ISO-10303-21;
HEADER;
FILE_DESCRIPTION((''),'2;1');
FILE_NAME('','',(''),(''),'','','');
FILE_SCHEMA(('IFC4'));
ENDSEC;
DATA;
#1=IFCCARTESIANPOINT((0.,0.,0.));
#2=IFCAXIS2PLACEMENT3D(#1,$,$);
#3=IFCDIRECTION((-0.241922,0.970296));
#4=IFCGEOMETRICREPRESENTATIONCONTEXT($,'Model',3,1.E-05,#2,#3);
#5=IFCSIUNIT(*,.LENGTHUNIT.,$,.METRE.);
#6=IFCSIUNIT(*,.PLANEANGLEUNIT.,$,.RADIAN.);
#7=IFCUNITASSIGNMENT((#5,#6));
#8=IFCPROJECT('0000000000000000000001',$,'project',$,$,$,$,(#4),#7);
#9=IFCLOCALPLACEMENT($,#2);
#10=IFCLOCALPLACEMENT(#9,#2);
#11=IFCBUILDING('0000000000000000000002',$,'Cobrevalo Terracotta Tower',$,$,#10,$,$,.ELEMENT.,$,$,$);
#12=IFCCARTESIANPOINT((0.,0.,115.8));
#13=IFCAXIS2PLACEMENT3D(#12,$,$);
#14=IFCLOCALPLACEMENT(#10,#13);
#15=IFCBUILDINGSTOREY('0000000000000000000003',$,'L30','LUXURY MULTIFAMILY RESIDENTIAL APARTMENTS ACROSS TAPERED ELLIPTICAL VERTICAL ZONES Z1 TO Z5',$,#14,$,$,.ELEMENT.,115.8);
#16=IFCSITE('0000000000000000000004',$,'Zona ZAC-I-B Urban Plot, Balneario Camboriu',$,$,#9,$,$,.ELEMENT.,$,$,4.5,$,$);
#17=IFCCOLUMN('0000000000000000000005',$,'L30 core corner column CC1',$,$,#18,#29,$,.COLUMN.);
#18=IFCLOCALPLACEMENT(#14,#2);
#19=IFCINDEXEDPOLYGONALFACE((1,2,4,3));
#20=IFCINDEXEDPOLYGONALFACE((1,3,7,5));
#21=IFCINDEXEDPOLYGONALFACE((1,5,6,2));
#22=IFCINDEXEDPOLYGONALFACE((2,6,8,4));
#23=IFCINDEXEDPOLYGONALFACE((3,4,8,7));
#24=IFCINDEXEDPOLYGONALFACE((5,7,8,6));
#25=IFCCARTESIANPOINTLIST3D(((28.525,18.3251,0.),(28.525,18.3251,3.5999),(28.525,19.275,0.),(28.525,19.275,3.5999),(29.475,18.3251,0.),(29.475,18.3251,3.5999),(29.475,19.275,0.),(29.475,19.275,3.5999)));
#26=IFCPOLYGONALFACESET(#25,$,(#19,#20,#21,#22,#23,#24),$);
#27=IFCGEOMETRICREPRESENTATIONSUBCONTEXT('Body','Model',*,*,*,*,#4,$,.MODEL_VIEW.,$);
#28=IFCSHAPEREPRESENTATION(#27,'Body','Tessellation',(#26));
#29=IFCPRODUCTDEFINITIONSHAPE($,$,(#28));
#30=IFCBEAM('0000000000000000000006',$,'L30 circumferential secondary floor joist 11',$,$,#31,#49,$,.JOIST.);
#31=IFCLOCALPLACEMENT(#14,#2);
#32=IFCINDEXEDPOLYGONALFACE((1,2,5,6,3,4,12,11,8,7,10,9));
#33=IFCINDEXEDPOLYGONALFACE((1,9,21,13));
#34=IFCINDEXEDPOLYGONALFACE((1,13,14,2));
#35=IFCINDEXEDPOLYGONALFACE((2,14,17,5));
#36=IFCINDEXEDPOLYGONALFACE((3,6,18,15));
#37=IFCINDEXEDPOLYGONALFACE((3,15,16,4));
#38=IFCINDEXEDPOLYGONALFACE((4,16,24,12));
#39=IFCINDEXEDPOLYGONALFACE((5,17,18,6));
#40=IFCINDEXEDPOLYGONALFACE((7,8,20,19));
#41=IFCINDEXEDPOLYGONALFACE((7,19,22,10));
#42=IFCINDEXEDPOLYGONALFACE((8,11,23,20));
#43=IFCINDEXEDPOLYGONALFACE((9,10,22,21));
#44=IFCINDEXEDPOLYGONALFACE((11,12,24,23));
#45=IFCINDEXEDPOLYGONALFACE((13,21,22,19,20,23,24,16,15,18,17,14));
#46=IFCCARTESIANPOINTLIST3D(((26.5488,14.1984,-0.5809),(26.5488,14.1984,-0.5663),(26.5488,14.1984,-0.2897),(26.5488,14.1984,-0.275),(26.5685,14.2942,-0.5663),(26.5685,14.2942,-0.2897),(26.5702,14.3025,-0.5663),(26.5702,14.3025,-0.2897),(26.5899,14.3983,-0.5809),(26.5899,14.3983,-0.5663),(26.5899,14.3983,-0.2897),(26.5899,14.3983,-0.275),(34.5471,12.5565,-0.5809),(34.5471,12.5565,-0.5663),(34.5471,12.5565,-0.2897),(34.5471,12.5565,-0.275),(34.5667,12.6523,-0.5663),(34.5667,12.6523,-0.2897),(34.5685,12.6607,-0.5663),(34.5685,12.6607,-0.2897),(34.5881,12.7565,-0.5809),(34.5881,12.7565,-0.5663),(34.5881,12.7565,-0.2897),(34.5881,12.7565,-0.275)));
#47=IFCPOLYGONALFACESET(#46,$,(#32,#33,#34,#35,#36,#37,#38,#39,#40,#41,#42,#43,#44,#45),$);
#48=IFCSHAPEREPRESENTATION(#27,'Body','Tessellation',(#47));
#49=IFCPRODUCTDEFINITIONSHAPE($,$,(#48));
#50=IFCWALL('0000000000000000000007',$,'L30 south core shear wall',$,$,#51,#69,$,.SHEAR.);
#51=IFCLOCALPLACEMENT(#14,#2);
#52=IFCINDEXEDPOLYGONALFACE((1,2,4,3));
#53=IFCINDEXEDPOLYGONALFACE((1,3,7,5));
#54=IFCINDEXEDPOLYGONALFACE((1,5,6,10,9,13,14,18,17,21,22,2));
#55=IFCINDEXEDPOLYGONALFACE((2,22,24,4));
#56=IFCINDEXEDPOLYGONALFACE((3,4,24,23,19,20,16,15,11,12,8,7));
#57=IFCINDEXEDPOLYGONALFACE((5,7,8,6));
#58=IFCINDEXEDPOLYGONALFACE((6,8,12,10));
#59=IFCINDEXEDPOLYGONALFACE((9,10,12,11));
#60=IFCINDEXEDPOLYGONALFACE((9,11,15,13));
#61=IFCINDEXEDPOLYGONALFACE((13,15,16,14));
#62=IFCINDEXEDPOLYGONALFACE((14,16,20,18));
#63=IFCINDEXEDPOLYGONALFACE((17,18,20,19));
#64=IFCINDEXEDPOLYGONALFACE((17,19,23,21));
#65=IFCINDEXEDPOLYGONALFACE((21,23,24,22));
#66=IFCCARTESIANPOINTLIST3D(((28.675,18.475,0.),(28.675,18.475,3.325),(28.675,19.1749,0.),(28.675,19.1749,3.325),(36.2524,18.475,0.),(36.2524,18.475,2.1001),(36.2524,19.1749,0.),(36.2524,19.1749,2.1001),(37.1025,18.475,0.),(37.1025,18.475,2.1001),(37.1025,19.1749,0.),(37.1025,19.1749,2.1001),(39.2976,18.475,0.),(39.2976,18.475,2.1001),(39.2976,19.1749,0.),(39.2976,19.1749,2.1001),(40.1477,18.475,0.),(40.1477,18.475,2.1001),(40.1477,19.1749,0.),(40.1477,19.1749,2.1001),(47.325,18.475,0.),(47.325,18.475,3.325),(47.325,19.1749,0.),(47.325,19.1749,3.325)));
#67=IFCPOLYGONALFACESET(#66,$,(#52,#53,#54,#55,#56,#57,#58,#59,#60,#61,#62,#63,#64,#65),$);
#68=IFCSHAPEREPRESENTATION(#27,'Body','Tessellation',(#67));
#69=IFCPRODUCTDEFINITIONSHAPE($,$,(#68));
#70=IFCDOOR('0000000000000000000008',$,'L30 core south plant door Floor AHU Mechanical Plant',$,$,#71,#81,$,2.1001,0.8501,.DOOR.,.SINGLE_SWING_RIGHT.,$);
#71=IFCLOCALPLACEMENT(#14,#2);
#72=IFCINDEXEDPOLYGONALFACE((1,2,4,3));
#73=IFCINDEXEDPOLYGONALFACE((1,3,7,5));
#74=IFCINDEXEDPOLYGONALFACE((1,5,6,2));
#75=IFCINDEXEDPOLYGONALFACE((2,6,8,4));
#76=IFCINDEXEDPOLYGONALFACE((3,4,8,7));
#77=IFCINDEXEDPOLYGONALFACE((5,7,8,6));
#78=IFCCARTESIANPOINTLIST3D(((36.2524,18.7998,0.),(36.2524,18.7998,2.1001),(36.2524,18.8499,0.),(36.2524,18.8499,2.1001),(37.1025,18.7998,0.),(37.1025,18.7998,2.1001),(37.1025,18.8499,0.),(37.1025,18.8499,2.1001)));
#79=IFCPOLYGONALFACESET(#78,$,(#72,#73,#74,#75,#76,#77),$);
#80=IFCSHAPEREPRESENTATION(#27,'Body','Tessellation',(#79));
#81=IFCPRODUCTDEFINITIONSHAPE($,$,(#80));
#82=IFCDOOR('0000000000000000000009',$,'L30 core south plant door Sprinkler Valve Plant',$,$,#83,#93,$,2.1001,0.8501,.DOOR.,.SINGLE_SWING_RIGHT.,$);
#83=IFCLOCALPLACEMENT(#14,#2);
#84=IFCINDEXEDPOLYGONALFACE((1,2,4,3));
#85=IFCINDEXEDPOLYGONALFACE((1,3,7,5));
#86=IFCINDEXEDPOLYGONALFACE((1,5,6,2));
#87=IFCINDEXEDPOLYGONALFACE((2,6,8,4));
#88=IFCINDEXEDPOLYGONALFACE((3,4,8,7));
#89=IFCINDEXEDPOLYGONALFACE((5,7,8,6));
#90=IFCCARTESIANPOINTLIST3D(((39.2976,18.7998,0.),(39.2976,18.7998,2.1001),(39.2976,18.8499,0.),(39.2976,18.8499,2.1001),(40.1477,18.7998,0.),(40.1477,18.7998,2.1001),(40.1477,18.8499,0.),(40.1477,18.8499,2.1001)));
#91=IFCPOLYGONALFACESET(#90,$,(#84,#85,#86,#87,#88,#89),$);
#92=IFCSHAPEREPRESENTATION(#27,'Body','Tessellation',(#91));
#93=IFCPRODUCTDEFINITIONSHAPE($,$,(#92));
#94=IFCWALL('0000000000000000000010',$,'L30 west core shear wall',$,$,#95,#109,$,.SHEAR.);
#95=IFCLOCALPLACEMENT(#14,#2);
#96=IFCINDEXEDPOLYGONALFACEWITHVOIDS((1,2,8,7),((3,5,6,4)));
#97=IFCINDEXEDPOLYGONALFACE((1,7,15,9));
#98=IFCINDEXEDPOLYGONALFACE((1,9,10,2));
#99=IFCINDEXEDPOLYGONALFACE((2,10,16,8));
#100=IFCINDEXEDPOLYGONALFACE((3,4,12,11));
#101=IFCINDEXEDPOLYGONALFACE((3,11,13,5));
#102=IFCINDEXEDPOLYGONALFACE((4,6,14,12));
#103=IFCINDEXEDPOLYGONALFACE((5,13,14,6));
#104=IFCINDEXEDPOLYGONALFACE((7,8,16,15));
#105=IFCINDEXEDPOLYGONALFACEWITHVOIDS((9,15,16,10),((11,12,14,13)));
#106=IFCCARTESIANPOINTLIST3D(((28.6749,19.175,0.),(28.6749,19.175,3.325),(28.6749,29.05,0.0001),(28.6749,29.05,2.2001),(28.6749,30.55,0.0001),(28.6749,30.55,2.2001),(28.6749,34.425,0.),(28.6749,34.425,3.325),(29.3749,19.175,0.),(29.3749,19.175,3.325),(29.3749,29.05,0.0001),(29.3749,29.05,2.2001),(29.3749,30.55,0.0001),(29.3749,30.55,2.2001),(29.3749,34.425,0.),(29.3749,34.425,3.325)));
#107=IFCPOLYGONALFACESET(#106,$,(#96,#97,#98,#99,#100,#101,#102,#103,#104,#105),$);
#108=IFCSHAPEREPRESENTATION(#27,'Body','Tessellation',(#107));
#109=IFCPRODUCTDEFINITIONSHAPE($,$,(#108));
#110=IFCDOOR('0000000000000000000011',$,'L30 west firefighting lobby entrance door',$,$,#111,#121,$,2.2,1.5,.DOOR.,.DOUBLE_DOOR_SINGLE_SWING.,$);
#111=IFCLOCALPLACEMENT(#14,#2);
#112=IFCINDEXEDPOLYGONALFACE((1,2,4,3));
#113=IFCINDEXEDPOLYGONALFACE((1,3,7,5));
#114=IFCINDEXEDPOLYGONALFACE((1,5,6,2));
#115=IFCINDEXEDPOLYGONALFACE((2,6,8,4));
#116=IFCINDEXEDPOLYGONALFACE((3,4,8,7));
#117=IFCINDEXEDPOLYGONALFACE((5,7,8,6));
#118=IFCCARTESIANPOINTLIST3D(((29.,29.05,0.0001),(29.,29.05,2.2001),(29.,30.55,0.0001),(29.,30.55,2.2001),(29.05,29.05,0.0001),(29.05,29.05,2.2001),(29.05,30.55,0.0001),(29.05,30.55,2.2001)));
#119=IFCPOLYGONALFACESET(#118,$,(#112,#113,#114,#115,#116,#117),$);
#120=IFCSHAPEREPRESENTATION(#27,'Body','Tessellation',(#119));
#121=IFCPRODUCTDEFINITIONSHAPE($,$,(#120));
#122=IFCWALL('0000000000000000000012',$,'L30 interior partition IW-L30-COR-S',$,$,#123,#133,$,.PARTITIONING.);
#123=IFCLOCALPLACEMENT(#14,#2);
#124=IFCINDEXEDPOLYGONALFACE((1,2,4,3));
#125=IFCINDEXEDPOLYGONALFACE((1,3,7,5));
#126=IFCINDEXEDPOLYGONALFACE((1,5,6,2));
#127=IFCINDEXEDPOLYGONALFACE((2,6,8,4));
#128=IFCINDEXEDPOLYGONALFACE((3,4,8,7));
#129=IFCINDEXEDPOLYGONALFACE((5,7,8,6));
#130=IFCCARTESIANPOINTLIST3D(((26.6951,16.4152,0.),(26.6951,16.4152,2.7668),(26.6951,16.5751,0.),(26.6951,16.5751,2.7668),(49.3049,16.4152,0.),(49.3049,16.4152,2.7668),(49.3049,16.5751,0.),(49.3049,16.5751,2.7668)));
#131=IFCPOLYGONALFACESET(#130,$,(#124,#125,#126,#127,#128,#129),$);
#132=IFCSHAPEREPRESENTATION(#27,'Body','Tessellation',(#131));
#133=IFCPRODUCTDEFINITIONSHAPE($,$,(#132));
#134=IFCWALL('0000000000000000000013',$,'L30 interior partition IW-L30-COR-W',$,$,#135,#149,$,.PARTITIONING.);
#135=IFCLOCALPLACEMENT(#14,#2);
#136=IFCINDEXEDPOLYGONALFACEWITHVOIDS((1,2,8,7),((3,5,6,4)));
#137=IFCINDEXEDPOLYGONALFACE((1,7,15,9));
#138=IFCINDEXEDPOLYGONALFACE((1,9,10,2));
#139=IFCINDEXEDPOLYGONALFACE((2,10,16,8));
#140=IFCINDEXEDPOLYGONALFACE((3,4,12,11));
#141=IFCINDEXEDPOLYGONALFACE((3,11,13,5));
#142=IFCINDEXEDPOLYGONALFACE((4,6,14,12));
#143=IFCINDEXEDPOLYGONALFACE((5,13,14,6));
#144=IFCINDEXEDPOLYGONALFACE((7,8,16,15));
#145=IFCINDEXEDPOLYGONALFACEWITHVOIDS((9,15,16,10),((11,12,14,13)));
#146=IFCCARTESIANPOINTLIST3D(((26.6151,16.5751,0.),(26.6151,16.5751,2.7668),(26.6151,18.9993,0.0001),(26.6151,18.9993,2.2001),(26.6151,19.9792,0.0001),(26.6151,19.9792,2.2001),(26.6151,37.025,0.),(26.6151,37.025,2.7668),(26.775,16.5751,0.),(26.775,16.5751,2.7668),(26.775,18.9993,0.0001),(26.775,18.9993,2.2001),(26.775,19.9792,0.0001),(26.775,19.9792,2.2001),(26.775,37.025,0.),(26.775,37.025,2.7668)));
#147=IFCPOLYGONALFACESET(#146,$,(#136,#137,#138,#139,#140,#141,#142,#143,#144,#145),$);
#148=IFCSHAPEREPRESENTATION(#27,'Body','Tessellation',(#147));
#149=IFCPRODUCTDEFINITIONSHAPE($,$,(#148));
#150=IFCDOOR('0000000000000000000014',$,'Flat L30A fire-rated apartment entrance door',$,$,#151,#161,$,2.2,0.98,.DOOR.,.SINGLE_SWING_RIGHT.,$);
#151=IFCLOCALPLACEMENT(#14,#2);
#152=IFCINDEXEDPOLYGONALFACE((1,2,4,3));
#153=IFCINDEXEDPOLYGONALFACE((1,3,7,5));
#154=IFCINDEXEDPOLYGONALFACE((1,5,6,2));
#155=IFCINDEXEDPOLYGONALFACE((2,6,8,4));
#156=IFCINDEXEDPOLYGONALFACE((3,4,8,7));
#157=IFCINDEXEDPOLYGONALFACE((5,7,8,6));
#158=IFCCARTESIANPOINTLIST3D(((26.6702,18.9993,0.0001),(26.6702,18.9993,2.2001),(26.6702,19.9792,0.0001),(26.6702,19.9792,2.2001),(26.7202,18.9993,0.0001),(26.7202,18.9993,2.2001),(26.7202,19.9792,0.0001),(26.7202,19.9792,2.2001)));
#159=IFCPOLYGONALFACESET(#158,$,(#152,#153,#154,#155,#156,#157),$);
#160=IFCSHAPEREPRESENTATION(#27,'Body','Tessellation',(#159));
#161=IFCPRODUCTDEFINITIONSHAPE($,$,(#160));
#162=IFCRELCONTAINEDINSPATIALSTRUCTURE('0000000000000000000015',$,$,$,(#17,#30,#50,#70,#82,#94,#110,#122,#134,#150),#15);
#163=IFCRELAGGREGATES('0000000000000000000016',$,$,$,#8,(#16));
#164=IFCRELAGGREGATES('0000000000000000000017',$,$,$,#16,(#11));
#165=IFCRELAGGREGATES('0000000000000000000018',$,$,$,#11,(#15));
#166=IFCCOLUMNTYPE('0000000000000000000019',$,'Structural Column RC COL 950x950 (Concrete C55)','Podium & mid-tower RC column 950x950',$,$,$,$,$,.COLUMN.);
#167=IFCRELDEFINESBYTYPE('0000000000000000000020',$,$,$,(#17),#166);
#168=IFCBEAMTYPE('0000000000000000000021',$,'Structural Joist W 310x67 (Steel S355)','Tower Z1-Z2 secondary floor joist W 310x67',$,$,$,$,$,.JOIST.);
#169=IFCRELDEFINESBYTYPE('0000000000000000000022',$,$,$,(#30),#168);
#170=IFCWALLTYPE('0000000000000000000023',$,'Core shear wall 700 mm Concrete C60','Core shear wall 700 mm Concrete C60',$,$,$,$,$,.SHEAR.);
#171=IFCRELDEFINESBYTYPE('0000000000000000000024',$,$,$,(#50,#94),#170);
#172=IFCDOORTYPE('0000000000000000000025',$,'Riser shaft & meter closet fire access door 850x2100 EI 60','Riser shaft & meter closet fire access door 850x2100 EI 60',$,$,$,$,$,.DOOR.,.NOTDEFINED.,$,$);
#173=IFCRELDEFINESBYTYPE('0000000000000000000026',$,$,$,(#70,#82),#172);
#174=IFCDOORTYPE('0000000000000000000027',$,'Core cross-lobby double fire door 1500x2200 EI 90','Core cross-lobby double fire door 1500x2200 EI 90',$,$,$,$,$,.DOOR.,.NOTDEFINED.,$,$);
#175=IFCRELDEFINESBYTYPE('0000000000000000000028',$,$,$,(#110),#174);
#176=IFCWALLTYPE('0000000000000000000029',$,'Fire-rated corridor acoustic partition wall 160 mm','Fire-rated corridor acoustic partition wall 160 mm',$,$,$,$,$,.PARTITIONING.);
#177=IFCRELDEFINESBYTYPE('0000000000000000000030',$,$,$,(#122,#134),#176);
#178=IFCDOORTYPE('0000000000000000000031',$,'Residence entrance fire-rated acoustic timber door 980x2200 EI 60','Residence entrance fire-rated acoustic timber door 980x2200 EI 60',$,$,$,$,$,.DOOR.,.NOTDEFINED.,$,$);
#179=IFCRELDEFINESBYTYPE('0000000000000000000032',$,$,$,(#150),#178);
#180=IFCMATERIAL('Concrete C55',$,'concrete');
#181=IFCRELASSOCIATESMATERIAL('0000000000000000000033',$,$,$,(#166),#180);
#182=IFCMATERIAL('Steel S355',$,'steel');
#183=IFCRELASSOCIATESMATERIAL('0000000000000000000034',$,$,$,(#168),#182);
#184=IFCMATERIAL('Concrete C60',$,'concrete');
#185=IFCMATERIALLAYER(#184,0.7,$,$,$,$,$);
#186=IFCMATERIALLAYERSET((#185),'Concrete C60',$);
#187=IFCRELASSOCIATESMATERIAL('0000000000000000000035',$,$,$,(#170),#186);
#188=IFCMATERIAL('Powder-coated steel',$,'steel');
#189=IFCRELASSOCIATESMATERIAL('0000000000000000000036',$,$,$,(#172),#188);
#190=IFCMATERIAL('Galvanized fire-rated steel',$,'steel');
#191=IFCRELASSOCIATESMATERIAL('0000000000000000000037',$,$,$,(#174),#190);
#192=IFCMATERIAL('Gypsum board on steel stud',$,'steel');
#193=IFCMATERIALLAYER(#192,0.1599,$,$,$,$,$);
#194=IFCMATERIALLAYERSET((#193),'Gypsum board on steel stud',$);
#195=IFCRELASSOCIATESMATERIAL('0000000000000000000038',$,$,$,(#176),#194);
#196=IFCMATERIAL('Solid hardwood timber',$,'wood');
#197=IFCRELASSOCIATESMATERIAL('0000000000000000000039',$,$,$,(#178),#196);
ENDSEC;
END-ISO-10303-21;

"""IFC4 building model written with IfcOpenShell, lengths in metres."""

from ifc_helpers import new_model, si_unit, direction, frame, frame_2d, origin, origin_2d, place, context, subcontext, project, spatial, rectangle, i_section, extrude, source, transform, mapped, material, layer, layer_set, material_profile, profile_set, type_object, element, fill, save


model = new_model("IFC4")

# Units and contexts
model_context = context("Model", 3, precision=1e-05, world=origin(), true_north=direction((-0.241922, 0.970296)))
body_context = subcontext(model_context, "Body", "Model", "MODEL_VIEW")
ifc_project = project(units=[si_unit("LENGTHUNIT", "METRE"), si_unit("PLANEANGLEUNIT", "RADIAN")], contexts=[model_context])

# Site, building, storey
site_placement = place(None, origin())
site = spatial("IfcSite", under=ifc_project, at=site_placement, Name="Zona ZAC-I-B Urban Plot, Balneario Camboriu", CompositionType="ELEMENT", RefElevation=4.5)
building_placement = place(site_placement, origin())
building = spatial("IfcBuilding", under=site, at=building_placement, Name="Cobrevalo Terracotta Tower", CompositionType="ELEMENT")
storey_placement = place(building_placement, frame((0.0, 0.0, 115.8)))
storey = spatial("IfcBuildingStorey", under=building, at=storey_placement, Name="L30", Description="LUXURY MULTIFAMILY RESIDENTIAL APARTMENTS ACROSS TAPERED ELLIPTICAL VERTICAL ZONES Z1 TO Z5", CompositionType="ELEMENT", Elevation=115.8)

# Column
ifc_material_1 = material(Name="Concrete C55", Category="concrete")
ifc_material_profile_1 = material_profile(ifc_material_1, rectangle(XDim=0.95, YDim=0.95, at=origin_2d()), Name="RC COL 950x950")
ifc_profile_set_1 = profile_set([ifc_material_profile_1], Name="Concrete C55")
column_type = type_object("IfcColumnType", Name="Structural Column RC COL 950x950 (Concrete C55)", Description="Podium & mid-tower RC column 950x950", PredefinedType="COLUMN", material=ifc_profile_set_1)
column_placement = place(storey_placement, frame((29.0, 18.8, 0.0), z_axis=(0.0, 0.0, 1.0), x_axis=(1.0, 0.0, 0.0)))
element("IfcColumn", 1, at=column_placement, inside=storey, type_object=column_type, Name="L30 core corner column CC1", PredefinedType="COLUMN", context=body_context, shape_type="SweptSolid", body=[
    extrude(rectangle(XDim=0.95, YDim=0.95, at=origin_2d()), origin(), (0.0, 0.0, 1.0), 3.5999),
])

# Beam
ifc_material_2 = material(Name="Steel S355", Category="steel")
ifc_material_profile_2 = material_profile(ifc_material_2, i_section(OverallWidth=0.2041, OverallDepth=0.3059, WebThickness=0.0085, FlangeThickness=0.0146, at=origin_2d()), Name="W 310x67")
ifc_profile_set_2 = profile_set([ifc_material_profile_2], Name="Steel S355")
beam_type = type_object("IfcBeamType", Name="Structural Joist W 310x67 (Steel S355)", Description="Tower Z1-Z2 secondary floor joist W 310x67", PredefinedType="JOIST", material=ifc_profile_set_2)
beam_placement = place(storey_placement, frame((26.5693, 14.2983, -0.428), z_axis=(0.979574, -0.201082, 0.0), x_axis=(0.201082, 0.979574, 0.0)))
element("IfcBeam", 2, at=beam_placement, inside=storey, type_object=beam_type, Name="L30 circumferential secondary floor joist 11", PredefinedType="JOIST", context=body_context, shape_type="SweptSolid", body=[
    extrude(i_section(OverallWidth=0.2041, OverallDepth=0.3059, WebThickness=0.0085, FlangeThickness=0.0146, at=origin_2d()), origin(), (0.0, 0.0, 1.0), 8.165),
])

# Wall, openings, doors
ifc_material_3 = material(Name="Concrete C60", Category="concrete")
ifc_layer_1 = layer(ifc_material_3, 0.7)
ifc_layer_set_1 = layer_set([ifc_layer_1], Name="Concrete C60")
wall_type_1 = type_object("IfcWallType", Name="Core shear wall 700 mm Concrete C60", Description="Core shear wall 700 mm Concrete C60", PredefinedType="SHEAR", material=ifc_layer_set_1)
wall_1_placement = place(storey_placement, frame((28.675, 18.825, 0.0), z_axis=(0.0, 0.0, 1.0), x_axis=(1.0, 0.0, 0.0)))
wall_1 = element("IfcWall", 3, at=wall_1_placement, inside=storey, type_object=wall_type_1, Name="L30 south core shear wall", PredefinedType="SHEAR", context=body_context, shape_type="SweptSolid", body=[
    extrude(rectangle(XDim=18.6499, YDim=0.7, at=frame_2d((9.325, 0.0))), origin(), (0.0, 0.0, 1.0), 3.325),
])
opening_1_placement = place(wall_1_placement, frame((7.5774, 0.0, 0.0)))
opening_1 = element("IfcOpeningElement", 4, at=opening_1_placement, cuts=wall_1, PredefinedType="OPENING", context=body_context, shape_type="SweptSolid", body=[
    extrude(rectangle(XDim=0.8501, YDim=2.1001, at=frame_2d((0.425, 1.05))), frame((0.0, 0.3599, 0.0), z_axis=(0.0, -1.0, 0.0), x_axis=(1.0, 0.0, 0.0)), (0.0, 0.0, 1.0), 0.72),
])
opening_2_placement = place(wall_1_placement, frame((10.6226, 0.0, 0.0)))
opening_2 = element("IfcOpeningElement", 5, at=opening_2_placement, cuts=wall_1, PredefinedType="OPENING", context=body_context, shape_type="SweptSolid", body=[
    extrude(rectangle(XDim=0.8501, YDim=2.1001, at=frame_2d((0.425, 1.05))), frame((0.0, 0.3599, 0.0), z_axis=(0.0, -1.0, 0.0), x_axis=(1.0, 0.0, 0.0)), (0.0, 0.0, 1.0), 0.72),
])
ifc_material_4 = material(Name="Powder-coated steel", Category="steel")
door_type_1 = type_object("IfcDoorType", Name="Riser shaft & meter closet fire access door 850x2100 EI 60", Description="Riser shaft & meter closet fire access door 850x2100 EI 60", OperationType="NOTDEFINED", PredefinedType="DOOR", material=ifc_material_4)
shared_shape_1 = source(origin(), body_context, "Body", "SweptSolid", [
    extrude(rectangle(XDim=0.8501, YDim=2.1001, at=frame_2d((0.425, 1.05))), frame((0.0, 0.0249, 0.0), z_axis=(0.0, -1.0, 0.0), x_axis=(1.0, 0.0, 0.0)), (0.0, 0.0, 1.0), 0.05),
])
door_1_placement = place(opening_1_placement, origin())
door_1 = element("IfcDoor", 6, at=door_1_placement, inside=storey, type_object=door_type_1, Name="L30 core south plant door Floor AHU Mechanical Plant", OperationType="SINGLE_SWING_RIGHT", OverallHeight=2.1001, OverallWidth=0.8501, PredefinedType="DOOR", context=body_context, shape_type="MappedRepresentation", body=[
    mapped(shared_shape_1, transform((0.0, 0.0, 0.0), scale=1.0)),
])
fill(opening_1, door_1)
door_2_placement = place(opening_2_placement, origin())
door_2 = element("IfcDoor", 7, at=door_2_placement, inside=storey, type_object=door_type_1, Name="L30 core south plant door Sprinkler Valve Plant", OperationType="SINGLE_SWING_RIGHT", OverallHeight=2.1001, OverallWidth=0.8501, PredefinedType="DOOR", context=body_context, shape_type="MappedRepresentation", body=[
    mapped(shared_shape_1, transform((0.0, 0.0, 0.0), scale=1.0)),
])
fill(opening_2, door_2)

# Wall, opening, door
wall_2_placement = place(storey_placement, frame((29.0249, 19.175, 0.0), z_axis=(0.0, 0.0, 1.0), x_axis=(0.0, 1.0, 0.0)))
wall_2 = element("IfcWall", 8, at=wall_2_placement, inside=storey, type_object=wall_type_1, Name="L30 west core shear wall", PredefinedType="SHEAR", context=body_context, shape_type="SweptSolid", body=[
    extrude(rectangle(XDim=15.25, YDim=0.7, at=frame_2d((7.625, 0.0))), origin(), (0.0, 0.0, 1.0), 3.325),
])
opening_3_placement = place(wall_2_placement, frame((9.875, 0.0, 0.0)))
opening_3 = element("IfcOpeningElement", 9, at=opening_3_placement, cuts=wall_2, PredefinedType="OPENING", context=body_context, shape_type="SweptSolid", body=[
    extrude(rectangle(XDim=1.5, YDim=2.2, at=frame_2d((0.75, 1.1001))), frame((0.0, 0.3599, 0.0), z_axis=(0.0, -1.0, 0.0), x_axis=(1.0, 0.0, 0.0)), (0.0, 0.0, 1.0), 0.72),
])
ifc_material_5 = material(Name="Galvanized fire-rated steel", Category="steel")
door_type_2 = type_object("IfcDoorType", Name="Core cross-lobby double fire door 1500x2200 EI 90", Description="Core cross-lobby double fire door 1500x2200 EI 90", OperationType="NOTDEFINED", PredefinedType="DOOR", material=ifc_material_5)
shared_shape_2 = source(origin(), body_context, "Body", "SweptSolid", [
    extrude(rectangle(XDim=1.5, YDim=2.2, at=frame_2d((0.75, 1.1001))), frame((0.0, 0.0249, 0.0), z_axis=(0.0, -1.0, 0.0), x_axis=(1.0, 0.0, 0.0)), (0.0, 0.0, 1.0), 0.05),
])
door_3_placement = place(opening_3_placement, origin())
door_3 = element("IfcDoor", 10, at=door_3_placement, inside=storey, type_object=door_type_2, Name="L30 west firefighting lobby entrance door", OperationType="DOUBLE_DOOR_SINGLE_SWING", OverallHeight=2.2, OverallWidth=1.5, PredefinedType="DOOR", context=body_context, shape_type="MappedRepresentation", body=[
    mapped(shared_shape_2, transform((0.0, 0.0, 0.0), scale=1.0)),
])
fill(opening_3, door_3)

# Wall
ifc_material_6 = material(Name="Gypsum board on steel stud", Category="steel")
ifc_layer_2 = layer(ifc_material_6, 0.1599)
ifc_layer_set_2 = layer_set([ifc_layer_2], Name="Gypsum board on steel stud")
wall_type_2 = type_object("IfcWallType", Name="Fire-rated corridor acoustic partition wall 160 mm", Description="Fire-rated corridor acoustic partition wall 160 mm", PredefinedType="PARTITIONING", material=ifc_layer_set_2)
wall_3_placement = place(storey_placement, frame((26.6951, 16.4951, 0.0), z_axis=(0.0, 0.0, 1.0), x_axis=(1.0, 0.0, 0.0)))
element("IfcWall", 11, at=wall_3_placement, inside=storey, type_object=wall_type_2, Name="L30 interior partition IW-L30-COR-S", PredefinedType="PARTITIONING", context=body_context, shape_type="SweptSolid", body=[
    extrude(rectangle(XDim=22.6099, YDim=0.1599, at=frame_2d((11.3049, 0.0))), origin(), (0.0, 0.0, 1.0), 2.7668),
])

# Wall, opening, door
wall_4_placement = place(storey_placement, frame((26.6951, 16.575, 0.0), z_axis=(0.0, 0.0, 1.0), x_axis=(0.0, 1.0, 0.0)))
wall_4 = element("IfcWall", 12, at=wall_4_placement, inside=storey, type_object=wall_type_2, Name="L30 interior partition IW-L30-COR-W", PredefinedType="PARTITIONING", context=body_context, shape_type="SweptSolid", body=[
    extrude(rectangle(XDim=20.45, YDim=0.1599, at=frame_2d((10.2251, 0.0))), origin(), (0.0, 0.0, 1.0), 2.7668),
])
opening_4_placement = place(wall_4_placement, frame((2.4243, 0.0, 0.0)))
opening_4 = element("IfcOpeningElement", 13, at=opening_4_placement, cuts=wall_4, PredefinedType="OPENING", context=body_context, shape_type="SweptSolid", body=[
    extrude(rectangle(XDim=0.98, YDim=2.2, at=frame_2d((0.49, 1.1001))), frame((0.0, 0.0898, 0.0), z_axis=(0.0, -1.0, 0.0), x_axis=(1.0, 0.0, 0.0)), (0.0, 0.0, 1.0), 0.1799),
])
ifc_material_7 = material(Name="Solid hardwood timber", Category="wood")
door_type_3 = type_object("IfcDoorType", Name="Residence entrance fire-rated acoustic timber door 980x2200 EI 60", Description="Residence entrance fire-rated acoustic timber door 980x2200 EI 60", OperationType="NOTDEFINED", PredefinedType="DOOR", material=ifc_material_7)
shared_shape_3 = source(origin(), body_context, "Body", "SweptSolid", [
    extrude(rectangle(XDim=0.98, YDim=2.2, at=frame_2d((0.49, 1.1001))), frame((0.0, 0.0249, 0.0), z_axis=(0.0, -1.0, 0.0), x_axis=(1.0, 0.0, 0.0)), (0.0, 0.0, 1.0), 0.05),
])
door_4_placement = place(opening_4_placement, origin())
door_4 = element("IfcDoor", 14, at=door_4_placement, inside=storey, type_object=door_type_3, Name="Flat L30A fire-rated apartment entrance door", OperationType="SINGLE_SWING_RIGHT", OverallHeight=2.2, OverallWidth=0.98, PredefinedType="DOOR", context=body_context, shape_type="MappedRepresentation", body=[
    mapped(shared_shape_3, transform((0.0, 0.0, 0.0), scale=1.0)),
])
fill(opening_4, door_4)

save(model, "model.ifc")
